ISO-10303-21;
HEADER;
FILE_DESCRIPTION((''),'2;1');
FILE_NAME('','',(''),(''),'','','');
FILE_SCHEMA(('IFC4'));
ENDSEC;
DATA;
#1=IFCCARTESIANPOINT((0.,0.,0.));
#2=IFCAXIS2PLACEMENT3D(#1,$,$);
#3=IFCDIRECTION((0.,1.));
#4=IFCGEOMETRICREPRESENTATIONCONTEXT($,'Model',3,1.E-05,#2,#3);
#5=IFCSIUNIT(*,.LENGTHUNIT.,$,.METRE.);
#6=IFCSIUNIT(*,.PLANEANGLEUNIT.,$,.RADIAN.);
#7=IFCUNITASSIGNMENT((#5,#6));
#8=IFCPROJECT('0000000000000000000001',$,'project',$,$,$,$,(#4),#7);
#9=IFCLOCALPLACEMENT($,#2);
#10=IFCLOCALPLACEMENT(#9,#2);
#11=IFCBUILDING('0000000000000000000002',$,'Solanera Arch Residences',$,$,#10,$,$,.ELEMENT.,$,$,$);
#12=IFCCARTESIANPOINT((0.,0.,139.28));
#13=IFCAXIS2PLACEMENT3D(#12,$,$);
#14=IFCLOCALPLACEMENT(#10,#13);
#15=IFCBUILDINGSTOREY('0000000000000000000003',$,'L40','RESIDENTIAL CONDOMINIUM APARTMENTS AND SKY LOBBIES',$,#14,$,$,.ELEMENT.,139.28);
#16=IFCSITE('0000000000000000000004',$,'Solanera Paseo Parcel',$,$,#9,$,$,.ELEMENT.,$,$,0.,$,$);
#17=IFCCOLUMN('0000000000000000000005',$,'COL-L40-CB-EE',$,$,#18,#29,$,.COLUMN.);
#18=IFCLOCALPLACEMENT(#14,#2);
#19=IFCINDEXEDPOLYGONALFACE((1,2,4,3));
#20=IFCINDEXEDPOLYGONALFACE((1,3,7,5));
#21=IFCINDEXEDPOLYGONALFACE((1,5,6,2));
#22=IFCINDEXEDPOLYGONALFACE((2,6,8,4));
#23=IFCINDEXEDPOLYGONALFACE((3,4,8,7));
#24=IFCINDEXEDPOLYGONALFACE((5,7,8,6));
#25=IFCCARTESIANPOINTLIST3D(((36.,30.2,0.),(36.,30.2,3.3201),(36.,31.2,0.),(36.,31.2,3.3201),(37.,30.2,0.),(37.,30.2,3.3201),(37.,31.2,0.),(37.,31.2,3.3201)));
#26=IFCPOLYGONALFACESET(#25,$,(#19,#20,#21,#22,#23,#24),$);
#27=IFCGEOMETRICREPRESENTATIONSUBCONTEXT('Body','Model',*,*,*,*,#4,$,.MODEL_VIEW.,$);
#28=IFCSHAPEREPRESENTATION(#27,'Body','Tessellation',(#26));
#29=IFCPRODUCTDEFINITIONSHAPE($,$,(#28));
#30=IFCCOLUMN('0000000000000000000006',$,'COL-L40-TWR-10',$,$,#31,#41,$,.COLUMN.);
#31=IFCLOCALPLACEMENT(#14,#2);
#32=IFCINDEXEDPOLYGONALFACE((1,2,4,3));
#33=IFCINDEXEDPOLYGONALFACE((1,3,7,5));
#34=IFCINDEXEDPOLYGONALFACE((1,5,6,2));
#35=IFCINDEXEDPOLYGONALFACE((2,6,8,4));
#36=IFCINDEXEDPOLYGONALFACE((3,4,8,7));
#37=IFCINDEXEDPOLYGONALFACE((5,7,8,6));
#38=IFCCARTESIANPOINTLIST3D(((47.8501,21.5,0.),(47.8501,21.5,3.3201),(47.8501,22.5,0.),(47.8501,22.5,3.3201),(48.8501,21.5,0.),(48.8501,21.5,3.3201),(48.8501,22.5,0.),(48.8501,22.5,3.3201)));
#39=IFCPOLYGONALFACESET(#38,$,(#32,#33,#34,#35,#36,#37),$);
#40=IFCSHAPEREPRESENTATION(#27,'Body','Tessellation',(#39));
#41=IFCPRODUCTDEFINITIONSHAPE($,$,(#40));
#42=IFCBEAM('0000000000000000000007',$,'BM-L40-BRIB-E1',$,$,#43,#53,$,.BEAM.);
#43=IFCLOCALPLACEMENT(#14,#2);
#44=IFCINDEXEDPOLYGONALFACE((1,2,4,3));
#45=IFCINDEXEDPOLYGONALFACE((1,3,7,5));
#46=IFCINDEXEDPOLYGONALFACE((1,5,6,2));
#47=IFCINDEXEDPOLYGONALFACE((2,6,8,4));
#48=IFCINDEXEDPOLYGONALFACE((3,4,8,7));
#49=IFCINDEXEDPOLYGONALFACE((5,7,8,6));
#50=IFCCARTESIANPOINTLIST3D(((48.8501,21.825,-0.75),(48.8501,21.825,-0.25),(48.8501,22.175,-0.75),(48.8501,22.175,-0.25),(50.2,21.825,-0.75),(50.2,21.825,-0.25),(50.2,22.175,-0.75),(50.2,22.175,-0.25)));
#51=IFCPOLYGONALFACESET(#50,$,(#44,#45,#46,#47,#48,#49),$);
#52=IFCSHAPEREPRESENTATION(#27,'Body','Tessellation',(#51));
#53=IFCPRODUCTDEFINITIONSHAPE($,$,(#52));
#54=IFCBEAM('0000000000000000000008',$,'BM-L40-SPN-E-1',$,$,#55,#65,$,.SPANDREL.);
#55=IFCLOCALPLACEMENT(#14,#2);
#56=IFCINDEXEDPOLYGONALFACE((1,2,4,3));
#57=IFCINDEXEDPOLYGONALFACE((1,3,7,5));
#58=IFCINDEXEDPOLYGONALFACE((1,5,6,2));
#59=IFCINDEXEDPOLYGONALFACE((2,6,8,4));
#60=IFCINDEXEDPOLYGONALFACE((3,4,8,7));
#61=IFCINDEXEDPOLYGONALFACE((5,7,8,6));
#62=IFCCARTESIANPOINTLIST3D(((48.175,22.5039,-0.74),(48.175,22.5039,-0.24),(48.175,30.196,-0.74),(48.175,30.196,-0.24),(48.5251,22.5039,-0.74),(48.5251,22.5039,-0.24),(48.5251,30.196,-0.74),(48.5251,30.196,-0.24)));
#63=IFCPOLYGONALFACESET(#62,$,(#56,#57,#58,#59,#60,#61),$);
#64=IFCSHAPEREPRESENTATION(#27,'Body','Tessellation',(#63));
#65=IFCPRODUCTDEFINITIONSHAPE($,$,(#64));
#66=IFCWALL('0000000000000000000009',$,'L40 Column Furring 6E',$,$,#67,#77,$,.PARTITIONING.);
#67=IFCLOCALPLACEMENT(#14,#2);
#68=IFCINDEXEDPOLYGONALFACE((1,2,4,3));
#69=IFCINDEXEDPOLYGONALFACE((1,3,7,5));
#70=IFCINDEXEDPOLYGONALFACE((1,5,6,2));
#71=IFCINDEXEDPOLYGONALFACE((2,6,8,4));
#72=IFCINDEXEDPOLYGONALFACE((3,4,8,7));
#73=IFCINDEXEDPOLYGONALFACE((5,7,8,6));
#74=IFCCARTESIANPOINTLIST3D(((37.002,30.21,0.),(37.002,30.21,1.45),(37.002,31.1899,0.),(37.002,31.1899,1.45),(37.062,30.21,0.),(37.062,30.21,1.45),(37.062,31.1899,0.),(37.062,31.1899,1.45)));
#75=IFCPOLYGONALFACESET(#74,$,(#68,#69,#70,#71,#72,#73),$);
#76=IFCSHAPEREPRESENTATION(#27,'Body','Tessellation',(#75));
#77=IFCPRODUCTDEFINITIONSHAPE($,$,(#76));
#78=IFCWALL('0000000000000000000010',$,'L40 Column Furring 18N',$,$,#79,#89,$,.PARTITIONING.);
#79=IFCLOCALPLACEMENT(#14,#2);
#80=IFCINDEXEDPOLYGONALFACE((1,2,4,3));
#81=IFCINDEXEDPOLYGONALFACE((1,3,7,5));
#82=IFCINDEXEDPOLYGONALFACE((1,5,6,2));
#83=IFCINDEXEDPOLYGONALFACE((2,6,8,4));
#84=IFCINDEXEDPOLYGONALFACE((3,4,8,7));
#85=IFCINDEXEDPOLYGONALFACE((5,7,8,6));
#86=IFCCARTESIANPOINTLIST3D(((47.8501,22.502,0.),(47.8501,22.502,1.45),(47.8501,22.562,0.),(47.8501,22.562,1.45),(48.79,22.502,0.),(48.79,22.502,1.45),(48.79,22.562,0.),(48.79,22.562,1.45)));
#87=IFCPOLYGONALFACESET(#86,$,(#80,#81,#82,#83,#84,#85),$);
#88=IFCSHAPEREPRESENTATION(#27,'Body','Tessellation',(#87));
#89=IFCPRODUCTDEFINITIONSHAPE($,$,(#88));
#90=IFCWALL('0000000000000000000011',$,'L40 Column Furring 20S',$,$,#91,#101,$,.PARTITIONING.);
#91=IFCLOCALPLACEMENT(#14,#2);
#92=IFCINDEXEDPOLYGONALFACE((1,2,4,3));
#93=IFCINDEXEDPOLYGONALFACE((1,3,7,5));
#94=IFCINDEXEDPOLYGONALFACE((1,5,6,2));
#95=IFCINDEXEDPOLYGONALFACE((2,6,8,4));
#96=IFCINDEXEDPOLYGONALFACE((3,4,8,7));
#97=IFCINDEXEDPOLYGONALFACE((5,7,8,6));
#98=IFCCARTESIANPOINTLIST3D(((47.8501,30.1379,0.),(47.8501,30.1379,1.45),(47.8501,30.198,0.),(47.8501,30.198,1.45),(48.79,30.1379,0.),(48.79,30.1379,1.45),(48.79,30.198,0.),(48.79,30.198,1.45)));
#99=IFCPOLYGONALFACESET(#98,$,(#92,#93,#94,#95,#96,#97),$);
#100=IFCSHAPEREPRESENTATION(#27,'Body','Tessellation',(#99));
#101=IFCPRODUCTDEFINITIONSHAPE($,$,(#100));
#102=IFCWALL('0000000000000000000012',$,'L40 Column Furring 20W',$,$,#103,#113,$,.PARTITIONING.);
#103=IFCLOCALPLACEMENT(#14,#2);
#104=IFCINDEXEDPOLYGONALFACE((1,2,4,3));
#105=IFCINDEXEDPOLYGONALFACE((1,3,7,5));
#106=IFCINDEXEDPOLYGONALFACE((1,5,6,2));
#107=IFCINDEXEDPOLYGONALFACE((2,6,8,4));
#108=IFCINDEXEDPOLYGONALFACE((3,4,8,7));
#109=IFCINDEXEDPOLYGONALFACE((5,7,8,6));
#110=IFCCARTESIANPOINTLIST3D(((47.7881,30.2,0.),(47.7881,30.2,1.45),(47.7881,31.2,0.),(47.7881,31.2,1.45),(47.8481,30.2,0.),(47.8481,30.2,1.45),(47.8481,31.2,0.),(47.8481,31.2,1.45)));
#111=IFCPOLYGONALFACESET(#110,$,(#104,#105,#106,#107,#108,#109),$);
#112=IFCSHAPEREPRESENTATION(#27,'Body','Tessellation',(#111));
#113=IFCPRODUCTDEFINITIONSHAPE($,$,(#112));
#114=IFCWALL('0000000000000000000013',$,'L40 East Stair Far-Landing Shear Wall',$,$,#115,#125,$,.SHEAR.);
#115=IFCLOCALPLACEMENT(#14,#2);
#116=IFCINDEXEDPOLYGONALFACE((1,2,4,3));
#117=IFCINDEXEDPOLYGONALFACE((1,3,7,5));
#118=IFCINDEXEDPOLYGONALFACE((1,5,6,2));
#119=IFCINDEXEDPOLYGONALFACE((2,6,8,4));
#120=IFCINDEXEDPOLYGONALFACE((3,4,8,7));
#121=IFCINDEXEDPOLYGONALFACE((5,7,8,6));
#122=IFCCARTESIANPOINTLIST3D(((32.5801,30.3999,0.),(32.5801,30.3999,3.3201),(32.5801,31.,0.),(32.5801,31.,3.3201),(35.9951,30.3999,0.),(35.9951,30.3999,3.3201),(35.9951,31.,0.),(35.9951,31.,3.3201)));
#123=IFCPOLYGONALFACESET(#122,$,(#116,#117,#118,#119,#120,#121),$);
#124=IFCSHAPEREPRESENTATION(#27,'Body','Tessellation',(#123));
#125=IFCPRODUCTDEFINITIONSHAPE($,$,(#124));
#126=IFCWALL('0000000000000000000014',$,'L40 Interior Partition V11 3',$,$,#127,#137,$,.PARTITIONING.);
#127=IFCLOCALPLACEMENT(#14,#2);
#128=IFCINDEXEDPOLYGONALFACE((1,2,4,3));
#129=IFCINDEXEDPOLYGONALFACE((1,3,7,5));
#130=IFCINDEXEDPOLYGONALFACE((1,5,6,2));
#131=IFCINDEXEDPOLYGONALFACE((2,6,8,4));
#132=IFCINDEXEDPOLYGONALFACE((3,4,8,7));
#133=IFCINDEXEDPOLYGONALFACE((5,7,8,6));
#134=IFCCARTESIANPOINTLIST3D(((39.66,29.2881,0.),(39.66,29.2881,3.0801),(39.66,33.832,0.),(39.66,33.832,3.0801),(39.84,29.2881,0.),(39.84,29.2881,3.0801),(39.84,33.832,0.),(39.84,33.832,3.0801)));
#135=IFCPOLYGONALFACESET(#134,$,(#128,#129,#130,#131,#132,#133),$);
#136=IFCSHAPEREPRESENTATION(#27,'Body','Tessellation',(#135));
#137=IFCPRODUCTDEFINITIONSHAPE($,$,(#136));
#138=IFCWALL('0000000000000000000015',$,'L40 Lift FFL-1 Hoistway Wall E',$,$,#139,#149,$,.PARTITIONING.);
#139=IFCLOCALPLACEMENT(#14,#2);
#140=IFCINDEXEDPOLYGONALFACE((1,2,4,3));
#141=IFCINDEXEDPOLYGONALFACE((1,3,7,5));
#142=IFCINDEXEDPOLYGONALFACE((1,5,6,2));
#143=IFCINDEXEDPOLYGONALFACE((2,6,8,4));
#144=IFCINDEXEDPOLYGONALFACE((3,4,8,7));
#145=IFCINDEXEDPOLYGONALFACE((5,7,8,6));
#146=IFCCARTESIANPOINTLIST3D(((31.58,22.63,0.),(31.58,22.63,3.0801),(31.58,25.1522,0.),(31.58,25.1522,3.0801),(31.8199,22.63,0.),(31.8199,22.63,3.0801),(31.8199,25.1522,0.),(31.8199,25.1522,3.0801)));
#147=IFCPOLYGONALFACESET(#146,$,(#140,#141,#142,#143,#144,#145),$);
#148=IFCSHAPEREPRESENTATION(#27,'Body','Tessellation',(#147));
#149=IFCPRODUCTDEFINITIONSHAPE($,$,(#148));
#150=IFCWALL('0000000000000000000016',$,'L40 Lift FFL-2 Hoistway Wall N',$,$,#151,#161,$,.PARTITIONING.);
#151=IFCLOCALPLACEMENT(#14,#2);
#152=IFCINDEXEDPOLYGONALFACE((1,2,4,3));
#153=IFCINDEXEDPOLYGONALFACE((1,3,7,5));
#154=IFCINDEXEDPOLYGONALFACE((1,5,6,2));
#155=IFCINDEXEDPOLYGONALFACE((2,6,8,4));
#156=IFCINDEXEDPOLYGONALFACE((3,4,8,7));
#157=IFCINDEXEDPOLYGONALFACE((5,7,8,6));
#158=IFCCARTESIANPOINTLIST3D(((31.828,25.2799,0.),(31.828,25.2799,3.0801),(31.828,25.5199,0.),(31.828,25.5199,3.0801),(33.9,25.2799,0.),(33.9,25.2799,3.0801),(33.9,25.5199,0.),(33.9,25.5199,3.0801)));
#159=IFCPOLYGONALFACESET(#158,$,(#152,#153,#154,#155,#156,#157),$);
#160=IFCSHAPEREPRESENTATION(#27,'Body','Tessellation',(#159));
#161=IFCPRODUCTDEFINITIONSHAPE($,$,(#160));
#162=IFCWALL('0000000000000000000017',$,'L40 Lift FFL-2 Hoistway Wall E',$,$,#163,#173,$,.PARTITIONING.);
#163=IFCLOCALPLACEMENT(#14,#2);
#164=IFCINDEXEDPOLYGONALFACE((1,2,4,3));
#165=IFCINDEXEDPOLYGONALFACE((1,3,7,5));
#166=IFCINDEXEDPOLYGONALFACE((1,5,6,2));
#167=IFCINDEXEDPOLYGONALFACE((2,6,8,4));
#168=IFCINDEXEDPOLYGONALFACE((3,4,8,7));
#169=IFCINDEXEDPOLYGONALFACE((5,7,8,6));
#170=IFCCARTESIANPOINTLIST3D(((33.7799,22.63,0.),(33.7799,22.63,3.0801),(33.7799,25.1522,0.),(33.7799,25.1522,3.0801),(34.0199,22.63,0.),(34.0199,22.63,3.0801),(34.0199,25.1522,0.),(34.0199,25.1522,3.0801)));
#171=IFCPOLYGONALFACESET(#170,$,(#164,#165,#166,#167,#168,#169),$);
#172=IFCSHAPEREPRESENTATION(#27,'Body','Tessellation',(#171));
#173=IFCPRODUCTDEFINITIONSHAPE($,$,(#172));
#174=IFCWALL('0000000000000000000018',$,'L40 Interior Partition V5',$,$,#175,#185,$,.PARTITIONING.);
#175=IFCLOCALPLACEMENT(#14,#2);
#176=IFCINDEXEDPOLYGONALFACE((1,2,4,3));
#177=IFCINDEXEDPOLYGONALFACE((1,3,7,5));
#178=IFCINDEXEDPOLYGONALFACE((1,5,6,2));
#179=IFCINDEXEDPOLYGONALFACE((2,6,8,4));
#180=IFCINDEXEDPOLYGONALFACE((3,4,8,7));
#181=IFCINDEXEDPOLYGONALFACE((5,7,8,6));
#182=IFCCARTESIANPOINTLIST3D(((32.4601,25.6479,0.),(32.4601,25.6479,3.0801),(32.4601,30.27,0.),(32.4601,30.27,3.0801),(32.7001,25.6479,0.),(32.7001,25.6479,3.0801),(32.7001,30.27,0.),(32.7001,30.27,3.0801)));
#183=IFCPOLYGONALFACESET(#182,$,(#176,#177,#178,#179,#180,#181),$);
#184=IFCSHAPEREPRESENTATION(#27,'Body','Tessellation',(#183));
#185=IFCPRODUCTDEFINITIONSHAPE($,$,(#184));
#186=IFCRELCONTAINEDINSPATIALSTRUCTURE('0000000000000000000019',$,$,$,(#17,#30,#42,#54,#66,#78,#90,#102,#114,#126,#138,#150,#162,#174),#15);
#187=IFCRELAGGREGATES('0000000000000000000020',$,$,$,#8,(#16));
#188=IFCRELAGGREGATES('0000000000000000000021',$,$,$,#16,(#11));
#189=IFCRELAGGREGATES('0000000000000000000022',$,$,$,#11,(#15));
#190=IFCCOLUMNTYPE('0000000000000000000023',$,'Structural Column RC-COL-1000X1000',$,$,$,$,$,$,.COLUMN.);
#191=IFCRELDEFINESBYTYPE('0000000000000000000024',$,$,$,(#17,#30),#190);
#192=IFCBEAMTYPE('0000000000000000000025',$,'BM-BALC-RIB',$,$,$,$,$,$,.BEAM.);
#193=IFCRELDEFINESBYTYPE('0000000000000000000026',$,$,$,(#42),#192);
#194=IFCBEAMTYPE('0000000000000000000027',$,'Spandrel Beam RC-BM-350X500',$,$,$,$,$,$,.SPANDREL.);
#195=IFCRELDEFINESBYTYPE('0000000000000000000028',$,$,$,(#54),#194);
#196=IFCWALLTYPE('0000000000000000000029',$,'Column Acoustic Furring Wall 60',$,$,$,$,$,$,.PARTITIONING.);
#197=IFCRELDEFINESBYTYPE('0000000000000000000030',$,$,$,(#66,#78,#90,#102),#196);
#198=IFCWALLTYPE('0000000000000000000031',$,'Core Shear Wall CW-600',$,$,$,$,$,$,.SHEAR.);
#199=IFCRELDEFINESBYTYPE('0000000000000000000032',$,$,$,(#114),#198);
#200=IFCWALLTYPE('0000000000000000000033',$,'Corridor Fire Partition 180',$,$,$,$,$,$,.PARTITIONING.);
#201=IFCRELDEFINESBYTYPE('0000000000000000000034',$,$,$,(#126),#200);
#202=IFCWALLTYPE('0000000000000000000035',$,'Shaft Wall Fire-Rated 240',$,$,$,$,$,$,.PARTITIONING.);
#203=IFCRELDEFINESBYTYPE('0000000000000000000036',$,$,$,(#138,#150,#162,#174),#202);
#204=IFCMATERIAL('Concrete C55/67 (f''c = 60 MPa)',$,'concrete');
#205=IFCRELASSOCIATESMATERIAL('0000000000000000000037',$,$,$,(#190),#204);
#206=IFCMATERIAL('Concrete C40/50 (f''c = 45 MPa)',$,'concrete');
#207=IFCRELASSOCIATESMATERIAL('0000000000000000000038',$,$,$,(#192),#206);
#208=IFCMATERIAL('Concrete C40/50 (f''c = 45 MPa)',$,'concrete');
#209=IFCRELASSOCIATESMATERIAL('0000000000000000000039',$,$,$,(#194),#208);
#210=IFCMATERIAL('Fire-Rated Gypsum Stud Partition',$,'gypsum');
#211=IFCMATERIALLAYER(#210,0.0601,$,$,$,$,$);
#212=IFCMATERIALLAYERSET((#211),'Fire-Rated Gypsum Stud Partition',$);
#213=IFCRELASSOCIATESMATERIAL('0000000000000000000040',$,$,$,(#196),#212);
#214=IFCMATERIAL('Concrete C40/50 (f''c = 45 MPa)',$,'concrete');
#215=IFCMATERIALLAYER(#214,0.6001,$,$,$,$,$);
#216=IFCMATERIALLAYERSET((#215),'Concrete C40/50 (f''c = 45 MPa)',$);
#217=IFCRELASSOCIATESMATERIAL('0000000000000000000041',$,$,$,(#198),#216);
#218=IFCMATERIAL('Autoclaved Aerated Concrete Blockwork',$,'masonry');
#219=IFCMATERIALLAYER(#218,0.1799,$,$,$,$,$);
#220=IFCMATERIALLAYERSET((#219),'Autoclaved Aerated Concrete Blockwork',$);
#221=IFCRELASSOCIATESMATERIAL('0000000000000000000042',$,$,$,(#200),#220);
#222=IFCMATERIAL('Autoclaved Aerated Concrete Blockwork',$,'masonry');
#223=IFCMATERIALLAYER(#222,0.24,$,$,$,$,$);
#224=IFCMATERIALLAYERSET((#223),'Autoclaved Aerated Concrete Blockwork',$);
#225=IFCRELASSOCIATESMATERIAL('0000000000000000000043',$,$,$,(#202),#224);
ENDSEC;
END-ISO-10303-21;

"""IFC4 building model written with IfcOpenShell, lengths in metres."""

from ifc_helpers import new_model, si_unit, direction, frame, frame_2d, origin, origin_2d, place, context, subcontext, project, spatial, rectangle, extrude, material, layer, layer_set, material_profile, profile_set, type_object, element, save


model = new_model("IFC4")

# Units and contexts
model_context = context("Model", 3, precision=1e-05, world=origin(), true_north=direction((0.0, 1.0)))
body_context = subcontext(model_context, "Body", "Model", "MODEL_VIEW")
ifc_project = project(units=[si_unit("LENGTHUNIT", "METRE"), si_unit("PLANEANGLEUNIT", "RADIAN")], contexts=[model_context])

# Site, building, storey
site_placement = place(None, origin())
site = spatial("IfcSite", under=ifc_project, at=site_placement, Name="Solanera Paseo Parcel", CompositionType="ELEMENT", RefElevation=0.0)
building_placement = place(site_placement, origin())
building = spatial("IfcBuilding", under=site, at=building_placement, Name="Solanera Arch Residences", CompositionType="ELEMENT")
storey_placement = place(building_placement, frame((0.0, 0.0, 139.28)))
storey = spatial("IfcBuildingStorey", under=building, at=storey_placement, Name="L40", Description="RESIDENTIAL CONDOMINIUM APARTMENTS AND SKY LOBBIES", CompositionType="ELEMENT", Elevation=139.28)

# Columns
ifc_material_1 = material(Name="Concrete C55/67 (f'c = 60 MPa)", Category="concrete")
ifc_material_profile_1 = material_profile(ifc_material_1, rectangle(XDim=1.0, YDim=1.0, at=origin_2d()))
ifc_profile_set_1 = profile_set([ifc_material_profile_1], Name="Concrete C55/67 (f'c = 60 MPa)")
column_type = type_object("IfcColumnType", Name="Structural Column RC-COL-1000X1000", PredefinedType="COLUMN", material=ifc_profile_set_1)
for number, where, z_axis, x_axis, name in (
    (1, (36.5, 30.7, 0.0), (0.0, 0.0, 1.0), (1.0, 0.0, 0.0), "COL-L40-CB-EE"),
    (2, (48.3501, 22.0, 0.0), (0.0, 0.0, 1.0), (1.0, 0.0, 0.0), "COL-L40-TWR-10"),
):
    element("IfcColumn", number, at=place(storey_placement, frame(where, z_axis=z_axis, x_axis=x_axis)), inside=storey, type_object=column_type, Name=name, PredefinedType="COLUMN", context=body_context, shape_type="SweptSolid", body=[
        extrude(rectangle(XDim=1.0, YDim=1.0, at=origin_2d()), origin(), (0.0, 0.0, 1.0), 3.3201),
    ])

# Beams
ifc_material_2 = material(Name="Concrete C40/50 (f'c = 45 MPa)", Category="concrete")
ifc_material_profile_2 = material_profile(ifc_material_2, rectangle(XDim=0.3501, YDim=0.5, at=origin_2d()))
ifc_profile_set_2 = profile_set([ifc_material_profile_2], Name="Concrete C40/50 (f'c = 45 MPa)")
beam_type_1 = type_object("IfcBeamType", Name="BM-BALC-RIB", PredefinedType="BEAM", material=ifc_profile_set_2)
beam_1_placement = place(storey_placement, frame((48.8501, 22.0, -0.5), z_axis=(1.0, 0.0, 0.0), x_axis=(0.0, 1.0, 0.0)))
element("IfcBeam", 3, at=beam_1_placement, inside=storey, type_object=beam_type_1, Name="BM-L40-BRIB-E1", PredefinedType="BEAM", context=body_context, shape_type="SweptSolid", body=[
    extrude(rectangle(XDim=0.3501, YDim=0.5, at=origin_2d()), origin(), (0.0, 0.0, 1.0), 1.3499),
])
ifc_material_3 = material(Name="Concrete C40/50 (f'c = 45 MPa)", Category="concrete")
ifc_material_profile_3 = material_profile(ifc_material_3, rectangle(XDim=0.3501, YDim=0.5, at=origin_2d()))
ifc_profile_set_3 = profile_set([ifc_material_profile_3], Name="Concrete C40/50 (f'c = 45 MPa)")
beam_type_2 = type_object("IfcBeamType", Name="Spandrel Beam RC-BM-350X500", PredefinedType="SPANDREL", material=ifc_profile_set_3)
beam_2_placement = place(storey_placement, frame((48.3501, 22.5039, -0.49), z_axis=(0.0, 1.0, 0.0), x_axis=(-1.0, 0.0, 0.0)))
element("IfcBeam", 4, at=beam_2_placement, inside=storey, type_object=beam_type_2, Name="BM-L40-SPN-E-1", PredefinedType="SPANDREL", context=body_context, shape_type="SweptSolid", body=[
    extrude(rectangle(XDim=0.3501, YDim=0.5, at=origin_2d()), origin(), (0.0, 0.0, 1.0), 7.6921),
])

# Walls
ifc_material_4 = material(Name="Fire-Rated Gypsum Stud Partition", Category="gypsum")
ifc_layer_1 = layer(ifc_material_4, 0.0601)
ifc_layer_set_1 = layer_set([ifc_layer_1], Name="Fire-Rated Gypsum Stud Partition")
wall_type_1 = type_object("IfcWallType", Name="Column Acoustic Furring Wall 60", PredefinedType="PARTITIONING", material=ifc_layer_set_1)
wall_1_placement = place(storey_placement, frame((37.032, 30.21, 0.0), z_axis=(0.0, 0.0, 1.0), x_axis=(0.0, 1.0, 0.0)))
element("IfcWall", 5, at=wall_1_placement, inside=storey, type_object=wall_type_1, Name="L40 Column Furring 6E", PredefinedType="PARTITIONING", context=body_context, shape_type="SweptSolid", body=[
    extrude(rectangle(XDim=0.98, YDim=0.0601, at=frame_2d((0.49, 0.0))), origin(), (0.0, 0.0, 1.0), 1.45),
])
for number, where, z_axis, x_axis, name in (
    (6, (47.8501, 22.532, 0.0), (0.0, 0.0, 1.0), (1.0, 0.0, 0.0), "L40 Column Furring 18N"),
    (7, (47.8501, 30.168, 0.0), (0.0, 0.0, 1.0), (1.0, 0.0, 0.0), "L40 Column Furring 20S"),
):
    element("IfcWall", number, at=place(storey_placement, frame(where, z_axis=z_axis, x_axis=x_axis)), inside=storey, type_object=wall_type_1, Name=name, PredefinedType="PARTITIONING", context=body_context, shape_type="SweptSolid", body=[
        extrude(rectangle(XDim=0.9399, YDim=0.0601, at=frame_2d((0.47, 0.0))), origin(), (0.0, 0.0, 1.0), 1.45),
    ])
wall_2_placement = place(storey_placement, frame((47.8181, 30.2, 0.0), z_axis=(0.0, 0.0, 1.0), x_axis=(0.0, 1.0, 0.0)))
element("IfcWall", 8, at=wall_2_placement, inside=storey, type_object=wall_type_1, Name="L40 Column Furring 20W", PredefinedType="PARTITIONING", context=body_context, shape_type="SweptSolid", body=[
    extrude(rectangle(XDim=1.0, YDim=0.0601, at=frame_2d((0.5, 0.0))), origin(), (0.0, 0.0, 1.0), 1.45),
])
ifc_material_5 = material(Name="Concrete C40/50 (f'c = 45 MPa)", Category="concrete")
ifc_layer_2 = layer(ifc_material_5, 0.6001)
ifc_layer_set_2 = layer_set([ifc_layer_2], Name="Concrete C40/50 (f'c = 45 MPa)")
wall_type_2 = type_object("IfcWallType", Name="Core Shear Wall CW-600", PredefinedType="SHEAR", material=ifc_layer_set_2)
wall_3_placement = place(storey_placement, frame((32.5801, 30.7, 0.0), z_axis=(0.0, 0.0, 1.0), x_axis=(1.0, 0.0, 0.0)))
element("IfcWall", 9, at=wall_3_placement, inside=storey, type_object=wall_type_2, Name="L40 East Stair Far-Landing Shear Wall", PredefinedType="SHEAR", context=body_context, shape_type="SweptSolid", body=[
    extrude(rectangle(XDim=3.415, YDim=0.6001, at=frame_2d((1.7075, 0.0))), origin(), (0.0, 0.0, 1.0), 3.3201),
])

# Shared definitions
ifc_material_6 = material(Name="Autoclaved Aerated Concrete Blockwork", Category="masonry")
ifc_layer_3 = layer(ifc_material_6, 0.1799)
ifc_layer_set_3 = layer_set([ifc_layer_3], Name="Autoclaved Aerated Concrete Blockwork")
wall_type_3 = type_object("IfcWallType", Name="Corridor Fire Partition 180", PredefinedType="PARTITIONING", material=ifc_layer_set_3)

# Walls
wall_4_placement = place(storey_placement, frame((39.75, 29.2881, 0.0), z_axis=(0.0, 0.0, 1.0), x_axis=(0.0, 1.0, 0.0)))
element("IfcWall", 10, at=wall_4_placement, inside=storey, type_object=wall_type_3, Name="L40 Interior Partition V11 3", PredefinedType="PARTITIONING", context=body_context, shape_type="SweptSolid", body=[
    extrude(rectangle(XDim=4.5439, YDim=0.1799, at=frame_2d((2.272, 0.0))), origin(), (0.0, 0.0, 1.0), 3.0801),
])
ifc_material_7 = material(Name="Autoclaved Aerated Concrete Blockwork", Category="masonry")
ifc_layer_4 = layer(ifc_material_7, 0.24)
ifc_layer_set_4 = layer_set([ifc_layer_4], Name="Autoclaved Aerated Concrete Blockwork")
wall_type_4 = type_object("IfcWallType", Name="Shaft Wall Fire-Rated 240", PredefinedType="PARTITIONING", material=ifc_layer_set_4)
wall_5_placement = place(storey_placement, frame((31.7, 22.6299, 0.0), z_axis=(0.0, 0.0, 1.0), x_axis=(0.0, 1.0, 0.0)))
element("IfcWall", 11, at=wall_5_placement, inside=storey, type_object=wall_type_4, Name="L40 Lift FFL-1 Hoistway Wall E", PredefinedType="PARTITIONING", context=body_context, shape_type="SweptSolid", body=[
    extrude(rectangle(XDim=2.5222, YDim=0.24, at=frame_2d((1.2612, 0.0))), origin(), (0.0, 0.0, 1.0), 3.0801),
])
wall_6_placement = place(storey_placement, frame((31.8279, 25.3999, 0.0), z_axis=(0.0, 0.0, 1.0), x_axis=(1.0, 0.0, 0.0)))
element("IfcWall", 12, at=wall_6_placement, inside=storey, type_object=wall_type_4, Name="L40 Lift FFL-2 Hoistway Wall N", PredefinedType="PARTITIONING", context=body_context, shape_type="SweptSolid", body=[
    extrude(rectangle(XDim=2.072, YDim=0.24, at=frame_2d((1.0361, 0.0))), origin(), (0.0, 0.0, 1.0), 3.0801),
])
wall_7_placement = place(storey_placement, frame((33.8999, 22.6299, 0.0), z_axis=(0.0, 0.0, 1.0), x_axis=(0.0, 1.0, 0.0)))
element("IfcWall", 13, at=wall_7_placement, inside=storey, type_object=wall_type_4, Name="L40 Lift FFL-2 Hoistway Wall E", PredefinedType="PARTITIONING", context=body_context, shape_type="SweptSolid", body=[
    extrude(rectangle(XDim=2.5222, YDim=0.24, at=frame_2d((1.2612, 0.0))), origin(), (0.0, 0.0, 1.0), 3.0801),
])
wall_8_placement = place(storey_placement, frame((32.5801, 25.6479, 0.0), z_axis=(0.0, 0.0, 1.0), x_axis=(0.0, 1.0, 0.0)))
element("IfcWall", 14, at=wall_8_placement, inside=storey, type_object=wall_type_4, Name="L40 Interior Partition V5", PredefinedType="PARTITIONING", context=body_context, shape_type="SweptSolid", body=[
    extrude(rectangle(XDim=4.6221, YDim=0.24, at=frame_2d((2.311, 0.0))), origin(), (0.0, 0.0, 1.0), 3.0801),
])

save(model, "model.ifc")
